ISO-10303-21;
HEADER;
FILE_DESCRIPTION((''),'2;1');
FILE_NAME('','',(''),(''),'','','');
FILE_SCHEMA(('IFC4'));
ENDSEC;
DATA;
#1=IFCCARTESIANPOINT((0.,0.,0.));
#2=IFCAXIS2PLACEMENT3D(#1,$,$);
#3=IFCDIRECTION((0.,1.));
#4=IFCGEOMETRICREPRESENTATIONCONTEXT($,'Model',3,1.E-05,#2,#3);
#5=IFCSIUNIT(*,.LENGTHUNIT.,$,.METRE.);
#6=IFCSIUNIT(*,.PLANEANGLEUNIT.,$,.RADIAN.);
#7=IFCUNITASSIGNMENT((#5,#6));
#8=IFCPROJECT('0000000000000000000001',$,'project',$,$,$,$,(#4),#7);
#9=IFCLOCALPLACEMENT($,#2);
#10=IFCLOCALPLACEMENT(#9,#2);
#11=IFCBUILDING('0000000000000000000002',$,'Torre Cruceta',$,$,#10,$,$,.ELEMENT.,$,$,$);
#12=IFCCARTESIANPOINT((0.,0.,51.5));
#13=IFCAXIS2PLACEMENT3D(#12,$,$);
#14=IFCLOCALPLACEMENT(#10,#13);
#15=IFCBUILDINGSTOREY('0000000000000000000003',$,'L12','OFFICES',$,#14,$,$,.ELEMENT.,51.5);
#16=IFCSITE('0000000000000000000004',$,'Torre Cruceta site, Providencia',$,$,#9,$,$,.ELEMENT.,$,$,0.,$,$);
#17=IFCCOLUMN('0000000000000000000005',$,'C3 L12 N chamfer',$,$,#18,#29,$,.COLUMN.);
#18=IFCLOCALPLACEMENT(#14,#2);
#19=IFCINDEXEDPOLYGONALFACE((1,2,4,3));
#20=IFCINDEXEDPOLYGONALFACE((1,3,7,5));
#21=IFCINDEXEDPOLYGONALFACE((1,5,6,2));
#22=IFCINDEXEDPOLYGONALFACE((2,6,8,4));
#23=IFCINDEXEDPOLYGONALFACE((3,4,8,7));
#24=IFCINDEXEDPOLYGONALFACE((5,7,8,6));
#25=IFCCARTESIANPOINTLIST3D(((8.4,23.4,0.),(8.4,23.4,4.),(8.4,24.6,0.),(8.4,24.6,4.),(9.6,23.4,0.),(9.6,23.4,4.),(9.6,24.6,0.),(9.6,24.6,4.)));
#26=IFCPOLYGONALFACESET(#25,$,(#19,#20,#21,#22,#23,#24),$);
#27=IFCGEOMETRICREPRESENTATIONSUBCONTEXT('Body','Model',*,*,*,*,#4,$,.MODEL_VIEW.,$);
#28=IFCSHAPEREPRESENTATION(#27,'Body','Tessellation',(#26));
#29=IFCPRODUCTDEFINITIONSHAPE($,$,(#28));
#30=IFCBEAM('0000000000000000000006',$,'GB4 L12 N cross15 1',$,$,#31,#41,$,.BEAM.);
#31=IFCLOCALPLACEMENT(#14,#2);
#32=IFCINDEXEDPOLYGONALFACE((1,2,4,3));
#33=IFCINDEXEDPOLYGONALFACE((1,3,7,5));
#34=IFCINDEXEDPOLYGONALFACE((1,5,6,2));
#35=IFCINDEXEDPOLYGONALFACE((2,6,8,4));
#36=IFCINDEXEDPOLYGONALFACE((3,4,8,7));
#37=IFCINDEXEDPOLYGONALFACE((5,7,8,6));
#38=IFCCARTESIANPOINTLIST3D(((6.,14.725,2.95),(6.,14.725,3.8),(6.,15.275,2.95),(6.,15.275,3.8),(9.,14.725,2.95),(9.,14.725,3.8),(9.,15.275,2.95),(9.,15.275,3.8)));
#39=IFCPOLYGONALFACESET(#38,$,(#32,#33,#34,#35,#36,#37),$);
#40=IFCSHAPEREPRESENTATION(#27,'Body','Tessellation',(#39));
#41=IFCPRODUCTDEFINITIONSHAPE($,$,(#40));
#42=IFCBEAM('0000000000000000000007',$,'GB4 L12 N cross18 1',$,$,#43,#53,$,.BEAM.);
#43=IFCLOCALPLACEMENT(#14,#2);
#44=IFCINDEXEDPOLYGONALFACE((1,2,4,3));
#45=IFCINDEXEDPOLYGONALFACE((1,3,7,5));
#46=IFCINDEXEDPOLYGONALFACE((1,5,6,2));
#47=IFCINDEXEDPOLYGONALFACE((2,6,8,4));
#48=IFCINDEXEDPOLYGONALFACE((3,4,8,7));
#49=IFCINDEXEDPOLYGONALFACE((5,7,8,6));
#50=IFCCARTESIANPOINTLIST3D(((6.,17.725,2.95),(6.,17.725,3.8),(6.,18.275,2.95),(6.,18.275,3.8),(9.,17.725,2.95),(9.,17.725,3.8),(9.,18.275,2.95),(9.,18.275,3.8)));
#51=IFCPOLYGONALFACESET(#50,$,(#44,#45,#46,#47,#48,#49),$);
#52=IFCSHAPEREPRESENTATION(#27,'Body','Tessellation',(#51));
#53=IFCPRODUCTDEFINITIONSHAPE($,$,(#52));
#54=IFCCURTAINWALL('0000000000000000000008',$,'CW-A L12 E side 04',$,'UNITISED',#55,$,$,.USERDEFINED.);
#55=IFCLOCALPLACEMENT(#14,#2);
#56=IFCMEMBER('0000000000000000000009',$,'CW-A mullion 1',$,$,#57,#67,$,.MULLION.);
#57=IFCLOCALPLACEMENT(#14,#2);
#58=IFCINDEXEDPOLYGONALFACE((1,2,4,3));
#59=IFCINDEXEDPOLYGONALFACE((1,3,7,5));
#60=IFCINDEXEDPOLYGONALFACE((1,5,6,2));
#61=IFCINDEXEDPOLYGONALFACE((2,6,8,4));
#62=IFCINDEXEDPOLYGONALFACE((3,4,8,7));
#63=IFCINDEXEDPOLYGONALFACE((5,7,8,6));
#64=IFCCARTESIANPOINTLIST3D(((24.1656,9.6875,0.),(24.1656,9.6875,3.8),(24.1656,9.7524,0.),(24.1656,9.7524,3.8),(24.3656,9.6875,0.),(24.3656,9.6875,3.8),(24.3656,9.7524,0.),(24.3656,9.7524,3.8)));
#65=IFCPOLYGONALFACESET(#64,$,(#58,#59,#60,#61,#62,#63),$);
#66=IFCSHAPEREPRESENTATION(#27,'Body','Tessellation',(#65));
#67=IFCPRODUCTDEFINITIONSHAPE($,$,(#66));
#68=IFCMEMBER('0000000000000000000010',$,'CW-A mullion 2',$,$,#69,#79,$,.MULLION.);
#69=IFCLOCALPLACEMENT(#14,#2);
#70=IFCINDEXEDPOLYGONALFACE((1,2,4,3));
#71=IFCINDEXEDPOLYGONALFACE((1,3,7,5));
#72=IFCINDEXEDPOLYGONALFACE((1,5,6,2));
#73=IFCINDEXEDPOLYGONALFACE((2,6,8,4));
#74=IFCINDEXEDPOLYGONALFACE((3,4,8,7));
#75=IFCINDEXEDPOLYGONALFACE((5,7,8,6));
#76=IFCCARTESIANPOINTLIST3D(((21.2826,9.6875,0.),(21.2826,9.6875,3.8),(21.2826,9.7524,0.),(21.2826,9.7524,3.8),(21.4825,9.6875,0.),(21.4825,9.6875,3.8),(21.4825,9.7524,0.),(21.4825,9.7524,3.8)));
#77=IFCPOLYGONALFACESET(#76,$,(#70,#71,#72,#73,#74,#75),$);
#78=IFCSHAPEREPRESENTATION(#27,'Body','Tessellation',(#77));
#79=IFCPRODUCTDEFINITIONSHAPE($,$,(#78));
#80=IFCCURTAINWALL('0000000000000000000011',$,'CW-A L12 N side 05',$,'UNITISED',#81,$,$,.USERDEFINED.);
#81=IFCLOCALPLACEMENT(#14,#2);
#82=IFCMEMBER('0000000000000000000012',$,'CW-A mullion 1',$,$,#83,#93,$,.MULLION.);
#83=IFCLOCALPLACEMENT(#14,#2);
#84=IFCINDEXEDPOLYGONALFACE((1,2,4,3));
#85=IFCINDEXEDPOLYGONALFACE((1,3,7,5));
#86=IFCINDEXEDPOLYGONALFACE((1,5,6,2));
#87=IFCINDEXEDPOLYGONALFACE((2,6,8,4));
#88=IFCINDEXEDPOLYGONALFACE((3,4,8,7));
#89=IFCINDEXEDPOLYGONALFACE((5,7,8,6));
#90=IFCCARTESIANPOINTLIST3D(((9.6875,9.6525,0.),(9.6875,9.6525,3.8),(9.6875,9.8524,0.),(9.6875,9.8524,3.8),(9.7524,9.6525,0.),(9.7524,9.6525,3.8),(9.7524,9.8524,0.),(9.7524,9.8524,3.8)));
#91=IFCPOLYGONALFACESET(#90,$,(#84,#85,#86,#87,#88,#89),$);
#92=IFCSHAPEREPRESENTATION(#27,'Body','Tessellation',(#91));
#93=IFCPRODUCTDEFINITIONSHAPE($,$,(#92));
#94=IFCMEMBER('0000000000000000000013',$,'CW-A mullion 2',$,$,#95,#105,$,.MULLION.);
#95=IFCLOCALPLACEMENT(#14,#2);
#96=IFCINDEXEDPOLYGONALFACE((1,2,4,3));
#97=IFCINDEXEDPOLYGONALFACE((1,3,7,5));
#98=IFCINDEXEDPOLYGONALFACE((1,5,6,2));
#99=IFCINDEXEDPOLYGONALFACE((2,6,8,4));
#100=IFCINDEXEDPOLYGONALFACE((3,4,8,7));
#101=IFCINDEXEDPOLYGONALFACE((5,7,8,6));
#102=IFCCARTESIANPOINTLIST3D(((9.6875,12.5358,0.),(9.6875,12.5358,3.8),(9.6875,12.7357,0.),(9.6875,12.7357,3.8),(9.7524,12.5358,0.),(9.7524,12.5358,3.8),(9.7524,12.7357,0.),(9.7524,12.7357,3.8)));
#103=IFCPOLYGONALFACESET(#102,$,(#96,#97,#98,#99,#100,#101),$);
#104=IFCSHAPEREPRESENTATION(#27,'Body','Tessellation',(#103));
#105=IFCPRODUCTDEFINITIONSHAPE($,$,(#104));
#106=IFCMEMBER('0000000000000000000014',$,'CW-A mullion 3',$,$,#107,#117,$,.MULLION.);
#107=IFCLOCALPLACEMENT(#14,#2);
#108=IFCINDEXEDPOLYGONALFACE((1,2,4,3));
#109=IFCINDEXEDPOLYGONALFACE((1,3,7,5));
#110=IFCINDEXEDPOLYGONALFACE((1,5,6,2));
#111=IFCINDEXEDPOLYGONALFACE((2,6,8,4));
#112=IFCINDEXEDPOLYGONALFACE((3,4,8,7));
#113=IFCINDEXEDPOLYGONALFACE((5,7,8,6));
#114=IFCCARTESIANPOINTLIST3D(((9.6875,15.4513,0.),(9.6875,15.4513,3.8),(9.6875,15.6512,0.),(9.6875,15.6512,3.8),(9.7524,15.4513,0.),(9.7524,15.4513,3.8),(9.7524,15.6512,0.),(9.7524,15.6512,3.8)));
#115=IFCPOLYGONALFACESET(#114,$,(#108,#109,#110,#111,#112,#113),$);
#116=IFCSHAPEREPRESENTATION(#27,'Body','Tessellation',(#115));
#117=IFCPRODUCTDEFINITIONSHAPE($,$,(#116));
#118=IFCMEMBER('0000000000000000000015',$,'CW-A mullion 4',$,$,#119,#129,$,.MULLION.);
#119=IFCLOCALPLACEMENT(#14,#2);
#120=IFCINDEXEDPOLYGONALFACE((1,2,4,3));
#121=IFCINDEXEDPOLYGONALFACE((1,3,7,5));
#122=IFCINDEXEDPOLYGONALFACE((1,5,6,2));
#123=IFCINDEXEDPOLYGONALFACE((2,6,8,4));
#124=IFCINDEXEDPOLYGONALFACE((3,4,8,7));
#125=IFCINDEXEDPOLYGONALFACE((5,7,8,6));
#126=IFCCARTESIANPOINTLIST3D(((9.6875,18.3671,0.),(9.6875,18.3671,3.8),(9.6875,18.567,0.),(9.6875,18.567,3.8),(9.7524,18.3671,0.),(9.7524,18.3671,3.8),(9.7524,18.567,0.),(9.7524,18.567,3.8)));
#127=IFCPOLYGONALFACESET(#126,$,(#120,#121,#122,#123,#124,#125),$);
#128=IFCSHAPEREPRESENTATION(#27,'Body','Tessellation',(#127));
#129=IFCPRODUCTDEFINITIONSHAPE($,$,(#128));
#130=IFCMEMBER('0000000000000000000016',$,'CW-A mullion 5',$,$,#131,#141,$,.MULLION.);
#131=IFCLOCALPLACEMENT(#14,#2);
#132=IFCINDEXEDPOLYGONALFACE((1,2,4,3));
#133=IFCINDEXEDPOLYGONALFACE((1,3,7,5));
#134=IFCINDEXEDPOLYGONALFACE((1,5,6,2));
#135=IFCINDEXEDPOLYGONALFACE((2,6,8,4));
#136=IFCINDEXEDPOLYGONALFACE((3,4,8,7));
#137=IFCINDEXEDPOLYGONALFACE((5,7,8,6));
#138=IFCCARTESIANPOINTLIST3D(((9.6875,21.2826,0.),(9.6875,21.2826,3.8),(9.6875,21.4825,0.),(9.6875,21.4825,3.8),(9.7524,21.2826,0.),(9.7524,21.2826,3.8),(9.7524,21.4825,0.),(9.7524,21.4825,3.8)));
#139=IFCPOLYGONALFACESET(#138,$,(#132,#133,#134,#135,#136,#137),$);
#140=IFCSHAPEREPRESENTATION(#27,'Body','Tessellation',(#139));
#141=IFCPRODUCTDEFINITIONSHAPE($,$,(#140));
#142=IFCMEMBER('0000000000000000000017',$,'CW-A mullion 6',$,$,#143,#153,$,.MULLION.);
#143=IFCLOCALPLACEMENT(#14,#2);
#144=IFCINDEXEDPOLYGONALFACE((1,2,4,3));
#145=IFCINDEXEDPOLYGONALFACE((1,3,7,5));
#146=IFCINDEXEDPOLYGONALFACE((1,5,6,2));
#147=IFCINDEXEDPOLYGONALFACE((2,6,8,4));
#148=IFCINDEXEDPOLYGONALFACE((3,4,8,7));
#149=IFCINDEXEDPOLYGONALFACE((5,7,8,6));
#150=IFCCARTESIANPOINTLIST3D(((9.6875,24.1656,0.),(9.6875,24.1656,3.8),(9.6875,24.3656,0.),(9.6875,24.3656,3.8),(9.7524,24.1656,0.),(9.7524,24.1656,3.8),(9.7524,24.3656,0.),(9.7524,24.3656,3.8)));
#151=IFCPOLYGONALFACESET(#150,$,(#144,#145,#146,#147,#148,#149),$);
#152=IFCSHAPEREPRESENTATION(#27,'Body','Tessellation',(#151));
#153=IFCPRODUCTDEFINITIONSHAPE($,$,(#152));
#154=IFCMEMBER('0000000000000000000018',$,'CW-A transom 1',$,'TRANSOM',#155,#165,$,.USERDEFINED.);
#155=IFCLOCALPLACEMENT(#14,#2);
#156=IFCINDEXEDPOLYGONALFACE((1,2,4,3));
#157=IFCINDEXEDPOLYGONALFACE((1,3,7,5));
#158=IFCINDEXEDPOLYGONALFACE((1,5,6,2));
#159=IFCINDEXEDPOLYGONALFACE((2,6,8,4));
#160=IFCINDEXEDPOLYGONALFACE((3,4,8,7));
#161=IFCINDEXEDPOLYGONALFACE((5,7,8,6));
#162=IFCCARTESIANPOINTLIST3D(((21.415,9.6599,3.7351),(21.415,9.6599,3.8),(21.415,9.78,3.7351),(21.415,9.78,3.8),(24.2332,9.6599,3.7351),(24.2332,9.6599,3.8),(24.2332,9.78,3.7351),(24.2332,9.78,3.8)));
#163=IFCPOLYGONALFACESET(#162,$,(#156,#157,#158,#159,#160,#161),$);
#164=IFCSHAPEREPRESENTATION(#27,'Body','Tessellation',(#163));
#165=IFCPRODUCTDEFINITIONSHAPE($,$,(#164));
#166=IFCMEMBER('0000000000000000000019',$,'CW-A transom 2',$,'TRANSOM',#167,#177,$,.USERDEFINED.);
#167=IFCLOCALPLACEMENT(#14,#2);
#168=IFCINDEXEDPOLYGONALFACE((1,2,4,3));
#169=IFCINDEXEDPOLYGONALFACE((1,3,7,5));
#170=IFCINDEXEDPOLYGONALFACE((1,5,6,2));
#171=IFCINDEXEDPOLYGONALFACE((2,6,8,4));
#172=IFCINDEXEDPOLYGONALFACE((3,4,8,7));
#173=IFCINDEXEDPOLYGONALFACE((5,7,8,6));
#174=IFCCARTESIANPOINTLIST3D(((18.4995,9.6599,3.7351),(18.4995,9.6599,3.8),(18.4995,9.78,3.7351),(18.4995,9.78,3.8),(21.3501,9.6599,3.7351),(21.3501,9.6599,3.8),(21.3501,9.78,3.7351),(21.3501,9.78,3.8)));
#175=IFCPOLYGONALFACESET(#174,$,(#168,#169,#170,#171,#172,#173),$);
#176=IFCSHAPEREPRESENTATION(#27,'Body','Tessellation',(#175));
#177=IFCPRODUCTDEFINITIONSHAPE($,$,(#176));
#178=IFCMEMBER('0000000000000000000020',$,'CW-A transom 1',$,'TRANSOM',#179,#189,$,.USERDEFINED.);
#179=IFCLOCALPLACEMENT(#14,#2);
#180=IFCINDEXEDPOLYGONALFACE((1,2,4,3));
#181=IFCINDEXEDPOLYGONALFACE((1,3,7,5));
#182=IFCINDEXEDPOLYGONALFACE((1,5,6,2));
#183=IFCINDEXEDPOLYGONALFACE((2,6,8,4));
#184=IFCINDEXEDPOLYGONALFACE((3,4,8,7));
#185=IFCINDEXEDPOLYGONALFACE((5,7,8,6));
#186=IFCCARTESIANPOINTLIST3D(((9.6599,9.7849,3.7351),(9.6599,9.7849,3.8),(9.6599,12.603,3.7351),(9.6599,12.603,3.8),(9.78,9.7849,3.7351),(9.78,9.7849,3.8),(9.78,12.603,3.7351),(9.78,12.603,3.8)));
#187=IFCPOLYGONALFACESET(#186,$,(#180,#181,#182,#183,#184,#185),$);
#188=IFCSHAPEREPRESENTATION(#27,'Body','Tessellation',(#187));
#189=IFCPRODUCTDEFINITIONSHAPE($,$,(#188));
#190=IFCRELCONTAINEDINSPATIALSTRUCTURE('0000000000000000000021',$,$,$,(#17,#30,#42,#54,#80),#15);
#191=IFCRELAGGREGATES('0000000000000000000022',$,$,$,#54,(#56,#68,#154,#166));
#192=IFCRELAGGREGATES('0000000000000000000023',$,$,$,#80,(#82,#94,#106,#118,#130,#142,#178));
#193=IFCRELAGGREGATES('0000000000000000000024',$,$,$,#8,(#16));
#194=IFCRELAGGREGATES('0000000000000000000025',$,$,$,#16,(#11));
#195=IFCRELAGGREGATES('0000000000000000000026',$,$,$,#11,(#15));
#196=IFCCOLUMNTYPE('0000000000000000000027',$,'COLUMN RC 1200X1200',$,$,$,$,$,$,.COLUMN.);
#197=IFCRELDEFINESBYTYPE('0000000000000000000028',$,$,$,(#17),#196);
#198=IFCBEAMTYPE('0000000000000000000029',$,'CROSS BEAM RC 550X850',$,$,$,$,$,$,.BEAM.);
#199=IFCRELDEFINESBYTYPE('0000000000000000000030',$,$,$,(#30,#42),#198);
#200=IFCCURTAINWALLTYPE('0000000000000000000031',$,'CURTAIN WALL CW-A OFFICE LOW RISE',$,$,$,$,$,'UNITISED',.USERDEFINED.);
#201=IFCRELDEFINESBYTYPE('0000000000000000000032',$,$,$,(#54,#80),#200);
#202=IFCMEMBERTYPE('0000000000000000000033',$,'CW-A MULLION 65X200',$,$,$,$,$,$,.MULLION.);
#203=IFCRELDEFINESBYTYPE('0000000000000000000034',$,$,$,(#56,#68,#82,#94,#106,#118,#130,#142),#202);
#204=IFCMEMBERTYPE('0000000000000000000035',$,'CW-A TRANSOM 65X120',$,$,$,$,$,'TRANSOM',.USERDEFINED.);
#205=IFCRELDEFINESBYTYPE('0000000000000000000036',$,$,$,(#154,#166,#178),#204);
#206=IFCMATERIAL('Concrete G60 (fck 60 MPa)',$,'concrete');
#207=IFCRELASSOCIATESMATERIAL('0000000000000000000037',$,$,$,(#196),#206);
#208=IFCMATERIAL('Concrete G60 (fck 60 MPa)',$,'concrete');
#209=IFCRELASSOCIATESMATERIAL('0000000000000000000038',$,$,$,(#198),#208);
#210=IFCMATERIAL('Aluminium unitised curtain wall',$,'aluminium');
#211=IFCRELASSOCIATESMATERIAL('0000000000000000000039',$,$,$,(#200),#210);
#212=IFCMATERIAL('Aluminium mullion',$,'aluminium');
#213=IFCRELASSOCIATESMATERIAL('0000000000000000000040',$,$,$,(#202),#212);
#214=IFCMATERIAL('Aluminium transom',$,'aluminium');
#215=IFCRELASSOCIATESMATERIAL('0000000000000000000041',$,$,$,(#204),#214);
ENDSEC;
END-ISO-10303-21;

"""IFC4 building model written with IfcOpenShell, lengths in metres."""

from ifc_helpers import new_model, si_unit, direction, frame, origin, origin_2d, place, context, subcontext, project, spatial, rectangle, extrude, material, material_profile, profile_set, type_object, element, aggregate, save


model = new_model("IFC4")

# Units and contexts
model_context = context("Model", 3, precision=1e-05, world=origin(), true_north=direction((0.0, 1.0)))
body_context = subcontext(model_context, "Body", "Model", "MODEL_VIEW")
ifc_project = project(units=[si_unit("LENGTHUNIT", "METRE"), si_unit("PLANEANGLEUNIT", "RADIAN")], contexts=[model_context])

# Site, building, storey
site_placement = place(None, origin())
site = spatial("IfcSite", under=ifc_project, at=site_placement, Name="Torre Cruceta site, Providencia", CompositionType="ELEMENT", RefElevation=0.0)
building_placement = place(site_placement, origin())
building = spatial("IfcBuilding", under=site, at=building_placement, Name="Torre Cruceta", CompositionType="ELEMENT")
storey_placement = place(building_placement, frame((0.0, 0.0, 51.5)))
storey = spatial("IfcBuildingStorey", under=building, at=storey_placement, Name="L12", Description="OFFICES", CompositionType="ELEMENT", Elevation=51.5)

# Column
ifc_material_1 = material(Name="Concrete G60 (fck 60 MPa)", Category="concrete")
ifc_material_profile_1 = material_profile(ifc_material_1, rectangle(XDim=1.2, YDim=1.2, at=origin_2d()), Name="RC 1200X1200")
ifc_profile_set_1 = profile_set([ifc_material_profile_1], Name="Concrete G60 (fck 60 MPa)")
column_type = type_object("IfcColumnType", Name="COLUMN RC 1200X1200", PredefinedType="COLUMN", material=ifc_profile_set_1)
column_placement = place(storey_placement, frame((9.0, 24.0, 0.0), z_axis=(0.0, 0.0, 1.0), x_axis=(1.0, 0.0, 0.0)))
element("IfcColumn", 1, at=column_placement, inside=storey, type_object=column_type, Name="C3 L12 N chamfer", PredefinedType="COLUMN", context=body_context, shape_type="SweptSolid", body=[
    extrude(rectangle(XDim=1.2, YDim=1.2, at=origin_2d()), origin(), (0.0, 0.0, 1.0), 4.0),
])

# Beams
ifc_material_2 = material(Name="Concrete G60 (fck 60 MPa)", Category="concrete")
ifc_material_profile_2 = material_profile(ifc_material_2, rectangle(XDim=0.55, YDim=0.8501, at=origin_2d()), Name="RC 550X850")
ifc_profile_set_2 = profile_set([ifc_material_profile_2], Name="Concrete G60 (fck 60 MPa)")
beam_type_1 = type_object("IfcBeamType", Name="CROSS BEAM RC 550X850", PredefinedType="BEAM", material=ifc_profile_set_2)
for number, where, z_axis, x_axis, name in (
    (2, (9.0, 15.0, 3.375), (-1.0, 0.0, 0.0), (0.0, -1.0, 0.0), "GB4 L12 N cross15 1"),
    (3, (9.0, 18.0, 3.375), (-1.0, 0.0, 0.0), (0.0, -1.0, 0.0), "GB4 L12 N cross18 1"),
):
    element("IfcBeam", number, at=place(storey_placement, frame(where, z_axis=z_axis, x_axis=x_axis)), inside=storey, type_object=beam_type_1, Name=name, PredefinedType="BEAM", context=body_context, shape_type="SweptSolid", body=[
        extrude(rectangle(XDim=0.55, YDim=0.8501, at=origin_2d()), origin(), (0.0, 0.0, 1.0), 3.0),
    ])

# Curtain walls, members
ifc_material_3 = material(Name="Aluminium unitised curtain wall", Category="aluminium")
curtain_wall_type = type_object("IfcCurtainWallType", Name="CURTAIN WALL CW-A OFFICE LOW RISE", ElementType="UNITISED", PredefinedType="USERDEFINED", material=ifc_material_3)
curtain_wall_1_placement = place(storey_placement, origin())
curtain_wall_1 = element("IfcCurtainWall", 4, at=curtain_wall_1_placement, inside=storey, type_object=curtain_wall_type, Name="CW-A L12 E side 04", ObjectType="UNITISED", PredefinedType="USERDEFINED")
ifc_material_4 = material(Name="Aluminium mullion", Category="aluminium")
ifc_material_profile_3 = material_profile(ifc_material_4, rectangle(XDim=0.0649, YDim=0.2, at=origin_2d()), Name="AL 65X200")
ifc_profile_set_3 = profile_set([ifc_material_profile_3], Name="Aluminium mullion")
member_type_1 = type_object("IfcMemberType", Name="CW-A MULLION 65X200", PredefinedType="MULLION", material=ifc_profile_set_3)
member_1_placement = place(storey_placement, frame((24.2656, 9.72, 0.0), z_axis=(0.0, 0.0, 1.0), x_axis=(0.0, -1.0, 0.0)))
member_1 = element("IfcMember", 5, at=member_1_placement, type_object=member_type_1, Name="CW-A mullion 1", PredefinedType="MULLION", context=body_context, shape_type="SweptSolid", body=[
    extrude(rectangle(XDim=0.0649, YDim=0.2, at=origin_2d()), origin(), (0.0, 0.0, 1.0), 3.8),
])
member_2_placement = place(storey_placement, frame((21.3826, 9.72, 0.0), z_axis=(0.0, 0.0, 1.0), x_axis=(0.0, -1.0, 0.0)))
member_2 = element("IfcMember", 6, at=member_2_placement, type_object=member_type_1, Name="CW-A mullion 2", PredefinedType="MULLION", context=body_context, shape_type="SweptSolid", body=[
    extrude(rectangle(XDim=0.0649, YDim=0.2, at=origin_2d()), origin(), (0.0, 0.0, 1.0), 3.8),
])
curtain_wall_2_placement = place(storey_placement, origin())
curtain_wall_2 = element("IfcCurtainWall", 7, at=curtain_wall_2_placement, inside=storey, type_object=curtain_wall_type, Name="CW-A L12 N side 05", ObjectType="UNITISED", PredefinedType="USERDEFINED")
member_3_placement = place(storey_placement, frame((9.72, 9.7524, 0.0), z_axis=(0.0, 0.0, 1.0), x_axis=(-1.0, 0.0, 0.0)))
member_3 = element("IfcMember", 8, at=member_3_placement, type_object=member_type_1, Name="CW-A mullion 1", PredefinedType="MULLION", context=body_context, shape_type="SweptSolid", body=[
    extrude(rectangle(XDim=0.0649, YDim=0.2, at=origin_2d()), origin(), (0.0, 0.0, 1.0), 3.8),
])
member_4_placement = place(storey_placement, frame((9.72, 12.6357, 0.0), z_axis=(0.0, 0.0, 1.0), x_axis=(-1.0, 0.0, 0.0)))
member_4 = element("IfcMember", 9, at=member_4_placement, type_object=member_type_1, Name="CW-A mullion 2", PredefinedType="MULLION", context=body_context, shape_type="SweptSolid", body=[
    extrude(rectangle(XDim=0.0649, YDim=0.2, at=origin_2d()), origin(), (0.0, 0.0, 1.0), 3.8),
])
member_5_placement = place(storey_placement, frame((9.72, 15.5513, 0.0), z_axis=(0.0, 0.0, 1.0), x_axis=(-1.0, 0.0, 0.0)))
member_5 = element("IfcMember", 10, at=member_5_placement, type_object=member_type_1, Name="CW-A mullion 3", PredefinedType="MULLION", context=body_context, shape_type="SweptSolid", body=[
    extrude(rectangle(XDim=0.0649, YDim=0.2, at=origin_2d()), origin(), (0.0, 0.0, 1.0), 3.8),
])
member_6_placement = place(storey_placement, frame((9.72, 18.467, 0.0), z_axis=(0.0, 0.0, 1.0), x_axis=(-1.0, 0.0, 0.0)))
member_6 = element("IfcMember", 11, at=member_6_placement, type_object=member_type_1, Name="CW-A mullion 4", PredefinedType="MULLION", context=body_context, shape_type="SweptSolid", body=[
    extrude(rectangle(XDim=0.0649, YDim=0.2, at=origin_2d()), origin(), (0.0, 0.0, 1.0), 3.8),
])
member_7_placement = place(storey_placement, frame((9.72, 21.3826, 0.0), z_axis=(0.0, 0.0, 1.0), x_axis=(-1.0, 0.0, 0.0)))
member_7 = element("IfcMember", 12, at=member_7_placement, type_object=member_type_1, Name="CW-A mullion 5", PredefinedType="MULLION", context=body_context, shape_type="SweptSolid", body=[
    extrude(rectangle(XDim=0.0649, YDim=0.2, at=origin_2d()), origin(), (0.0, 0.0, 1.0), 3.8),
])
member_8_placement = place(storey_placement, frame((9.72, 24.2656, 0.0), z_axis=(0.0, 0.0, 1.0), x_axis=(-1.0, 0.0, 0.0)))
member_8 = element("IfcMember", 13, at=member_8_placement, type_object=member_type_1, Name="CW-A mullion 6", PredefinedType="MULLION", context=body_context, shape_type="SweptSolid", body=[
    extrude(rectangle(XDim=0.0649, YDim=0.2, at=origin_2d()), origin(), (0.0, 0.0, 1.0), 3.8),
])

# Members
ifc_material_5 = material(Name="Aluminium transom", Category="aluminium")
ifc_material_profile_4 = material_profile(ifc_material_5, rectangle(XDim=0.1201, YDim=0.0649, at=origin_2d()), Name="AL 120X65")
ifc_profile_set_4 = profile_set([ifc_material_profile_4], Name="Aluminium transom")
member_type_2 = type_object("IfcMemberType", Name="CW-A TRANSOM 65X120", ElementType="TRANSOM", PredefinedType="USERDEFINED", material=ifc_profile_set_4)
member_9_placement = place(storey_placement, frame((24.2332, 9.72, 3.7676), z_axis=(-1.0, 0.0, 0.0), x_axis=(0.0, -1.0, 0.0)))
member_9 = element("IfcMember", 14, at=member_9_placement, type_object=member_type_2, Name="CW-A transom 1", ObjectType="TRANSOM", PredefinedType="USERDEFINED", context=body_context, shape_type="SweptSolid", body=[
    extrude(rectangle(XDim=0.1201, YDim=0.0649, at=origin_2d()), origin(), (0.0, 0.0, 1.0), 2.8181),
])
member_10_placement = place(storey_placement, frame((21.3501, 9.72, 3.7676), z_axis=(-1.0, 0.0, 0.0), x_axis=(0.0, -1.0, 0.0)))
member_10 = element("IfcMember", 15, at=member_10_placement, type_object=member_type_2, Name="CW-A transom 2", ObjectType="TRANSOM", PredefinedType="USERDEFINED", context=body_context, shape_type="SweptSolid", body=[
    extrude(rectangle(XDim=0.1201, YDim=0.0649, at=origin_2d()), origin(), (0.0, 0.0, 1.0), 2.8506),
])
member_11_placement = place(storey_placement, frame((9.72, 9.7849, 3.7676), z_axis=(0.0, 1.0, 0.0), x_axis=(-1.0, 0.0, 0.0)))
member_11 = element("IfcMember", 16, at=member_11_placement, type_object=member_type_2, Name="CW-A transom 1", ObjectType="TRANSOM", PredefinedType="USERDEFINED", context=body_context, shape_type="SweptSolid", body=[
    extrude(rectangle(XDim=0.1201, YDim=0.0649, at=origin_2d()), origin(), (0.0, 0.0, 1.0), 2.8181),
])

aggregate(curtain_wall_1, [member_1, member_2, member_9, member_10])
aggregate(curtain_wall_2, [member_3, member_4, member_5, member_6, member_7, member_8, member_11])

save(model, "model.ifc")
